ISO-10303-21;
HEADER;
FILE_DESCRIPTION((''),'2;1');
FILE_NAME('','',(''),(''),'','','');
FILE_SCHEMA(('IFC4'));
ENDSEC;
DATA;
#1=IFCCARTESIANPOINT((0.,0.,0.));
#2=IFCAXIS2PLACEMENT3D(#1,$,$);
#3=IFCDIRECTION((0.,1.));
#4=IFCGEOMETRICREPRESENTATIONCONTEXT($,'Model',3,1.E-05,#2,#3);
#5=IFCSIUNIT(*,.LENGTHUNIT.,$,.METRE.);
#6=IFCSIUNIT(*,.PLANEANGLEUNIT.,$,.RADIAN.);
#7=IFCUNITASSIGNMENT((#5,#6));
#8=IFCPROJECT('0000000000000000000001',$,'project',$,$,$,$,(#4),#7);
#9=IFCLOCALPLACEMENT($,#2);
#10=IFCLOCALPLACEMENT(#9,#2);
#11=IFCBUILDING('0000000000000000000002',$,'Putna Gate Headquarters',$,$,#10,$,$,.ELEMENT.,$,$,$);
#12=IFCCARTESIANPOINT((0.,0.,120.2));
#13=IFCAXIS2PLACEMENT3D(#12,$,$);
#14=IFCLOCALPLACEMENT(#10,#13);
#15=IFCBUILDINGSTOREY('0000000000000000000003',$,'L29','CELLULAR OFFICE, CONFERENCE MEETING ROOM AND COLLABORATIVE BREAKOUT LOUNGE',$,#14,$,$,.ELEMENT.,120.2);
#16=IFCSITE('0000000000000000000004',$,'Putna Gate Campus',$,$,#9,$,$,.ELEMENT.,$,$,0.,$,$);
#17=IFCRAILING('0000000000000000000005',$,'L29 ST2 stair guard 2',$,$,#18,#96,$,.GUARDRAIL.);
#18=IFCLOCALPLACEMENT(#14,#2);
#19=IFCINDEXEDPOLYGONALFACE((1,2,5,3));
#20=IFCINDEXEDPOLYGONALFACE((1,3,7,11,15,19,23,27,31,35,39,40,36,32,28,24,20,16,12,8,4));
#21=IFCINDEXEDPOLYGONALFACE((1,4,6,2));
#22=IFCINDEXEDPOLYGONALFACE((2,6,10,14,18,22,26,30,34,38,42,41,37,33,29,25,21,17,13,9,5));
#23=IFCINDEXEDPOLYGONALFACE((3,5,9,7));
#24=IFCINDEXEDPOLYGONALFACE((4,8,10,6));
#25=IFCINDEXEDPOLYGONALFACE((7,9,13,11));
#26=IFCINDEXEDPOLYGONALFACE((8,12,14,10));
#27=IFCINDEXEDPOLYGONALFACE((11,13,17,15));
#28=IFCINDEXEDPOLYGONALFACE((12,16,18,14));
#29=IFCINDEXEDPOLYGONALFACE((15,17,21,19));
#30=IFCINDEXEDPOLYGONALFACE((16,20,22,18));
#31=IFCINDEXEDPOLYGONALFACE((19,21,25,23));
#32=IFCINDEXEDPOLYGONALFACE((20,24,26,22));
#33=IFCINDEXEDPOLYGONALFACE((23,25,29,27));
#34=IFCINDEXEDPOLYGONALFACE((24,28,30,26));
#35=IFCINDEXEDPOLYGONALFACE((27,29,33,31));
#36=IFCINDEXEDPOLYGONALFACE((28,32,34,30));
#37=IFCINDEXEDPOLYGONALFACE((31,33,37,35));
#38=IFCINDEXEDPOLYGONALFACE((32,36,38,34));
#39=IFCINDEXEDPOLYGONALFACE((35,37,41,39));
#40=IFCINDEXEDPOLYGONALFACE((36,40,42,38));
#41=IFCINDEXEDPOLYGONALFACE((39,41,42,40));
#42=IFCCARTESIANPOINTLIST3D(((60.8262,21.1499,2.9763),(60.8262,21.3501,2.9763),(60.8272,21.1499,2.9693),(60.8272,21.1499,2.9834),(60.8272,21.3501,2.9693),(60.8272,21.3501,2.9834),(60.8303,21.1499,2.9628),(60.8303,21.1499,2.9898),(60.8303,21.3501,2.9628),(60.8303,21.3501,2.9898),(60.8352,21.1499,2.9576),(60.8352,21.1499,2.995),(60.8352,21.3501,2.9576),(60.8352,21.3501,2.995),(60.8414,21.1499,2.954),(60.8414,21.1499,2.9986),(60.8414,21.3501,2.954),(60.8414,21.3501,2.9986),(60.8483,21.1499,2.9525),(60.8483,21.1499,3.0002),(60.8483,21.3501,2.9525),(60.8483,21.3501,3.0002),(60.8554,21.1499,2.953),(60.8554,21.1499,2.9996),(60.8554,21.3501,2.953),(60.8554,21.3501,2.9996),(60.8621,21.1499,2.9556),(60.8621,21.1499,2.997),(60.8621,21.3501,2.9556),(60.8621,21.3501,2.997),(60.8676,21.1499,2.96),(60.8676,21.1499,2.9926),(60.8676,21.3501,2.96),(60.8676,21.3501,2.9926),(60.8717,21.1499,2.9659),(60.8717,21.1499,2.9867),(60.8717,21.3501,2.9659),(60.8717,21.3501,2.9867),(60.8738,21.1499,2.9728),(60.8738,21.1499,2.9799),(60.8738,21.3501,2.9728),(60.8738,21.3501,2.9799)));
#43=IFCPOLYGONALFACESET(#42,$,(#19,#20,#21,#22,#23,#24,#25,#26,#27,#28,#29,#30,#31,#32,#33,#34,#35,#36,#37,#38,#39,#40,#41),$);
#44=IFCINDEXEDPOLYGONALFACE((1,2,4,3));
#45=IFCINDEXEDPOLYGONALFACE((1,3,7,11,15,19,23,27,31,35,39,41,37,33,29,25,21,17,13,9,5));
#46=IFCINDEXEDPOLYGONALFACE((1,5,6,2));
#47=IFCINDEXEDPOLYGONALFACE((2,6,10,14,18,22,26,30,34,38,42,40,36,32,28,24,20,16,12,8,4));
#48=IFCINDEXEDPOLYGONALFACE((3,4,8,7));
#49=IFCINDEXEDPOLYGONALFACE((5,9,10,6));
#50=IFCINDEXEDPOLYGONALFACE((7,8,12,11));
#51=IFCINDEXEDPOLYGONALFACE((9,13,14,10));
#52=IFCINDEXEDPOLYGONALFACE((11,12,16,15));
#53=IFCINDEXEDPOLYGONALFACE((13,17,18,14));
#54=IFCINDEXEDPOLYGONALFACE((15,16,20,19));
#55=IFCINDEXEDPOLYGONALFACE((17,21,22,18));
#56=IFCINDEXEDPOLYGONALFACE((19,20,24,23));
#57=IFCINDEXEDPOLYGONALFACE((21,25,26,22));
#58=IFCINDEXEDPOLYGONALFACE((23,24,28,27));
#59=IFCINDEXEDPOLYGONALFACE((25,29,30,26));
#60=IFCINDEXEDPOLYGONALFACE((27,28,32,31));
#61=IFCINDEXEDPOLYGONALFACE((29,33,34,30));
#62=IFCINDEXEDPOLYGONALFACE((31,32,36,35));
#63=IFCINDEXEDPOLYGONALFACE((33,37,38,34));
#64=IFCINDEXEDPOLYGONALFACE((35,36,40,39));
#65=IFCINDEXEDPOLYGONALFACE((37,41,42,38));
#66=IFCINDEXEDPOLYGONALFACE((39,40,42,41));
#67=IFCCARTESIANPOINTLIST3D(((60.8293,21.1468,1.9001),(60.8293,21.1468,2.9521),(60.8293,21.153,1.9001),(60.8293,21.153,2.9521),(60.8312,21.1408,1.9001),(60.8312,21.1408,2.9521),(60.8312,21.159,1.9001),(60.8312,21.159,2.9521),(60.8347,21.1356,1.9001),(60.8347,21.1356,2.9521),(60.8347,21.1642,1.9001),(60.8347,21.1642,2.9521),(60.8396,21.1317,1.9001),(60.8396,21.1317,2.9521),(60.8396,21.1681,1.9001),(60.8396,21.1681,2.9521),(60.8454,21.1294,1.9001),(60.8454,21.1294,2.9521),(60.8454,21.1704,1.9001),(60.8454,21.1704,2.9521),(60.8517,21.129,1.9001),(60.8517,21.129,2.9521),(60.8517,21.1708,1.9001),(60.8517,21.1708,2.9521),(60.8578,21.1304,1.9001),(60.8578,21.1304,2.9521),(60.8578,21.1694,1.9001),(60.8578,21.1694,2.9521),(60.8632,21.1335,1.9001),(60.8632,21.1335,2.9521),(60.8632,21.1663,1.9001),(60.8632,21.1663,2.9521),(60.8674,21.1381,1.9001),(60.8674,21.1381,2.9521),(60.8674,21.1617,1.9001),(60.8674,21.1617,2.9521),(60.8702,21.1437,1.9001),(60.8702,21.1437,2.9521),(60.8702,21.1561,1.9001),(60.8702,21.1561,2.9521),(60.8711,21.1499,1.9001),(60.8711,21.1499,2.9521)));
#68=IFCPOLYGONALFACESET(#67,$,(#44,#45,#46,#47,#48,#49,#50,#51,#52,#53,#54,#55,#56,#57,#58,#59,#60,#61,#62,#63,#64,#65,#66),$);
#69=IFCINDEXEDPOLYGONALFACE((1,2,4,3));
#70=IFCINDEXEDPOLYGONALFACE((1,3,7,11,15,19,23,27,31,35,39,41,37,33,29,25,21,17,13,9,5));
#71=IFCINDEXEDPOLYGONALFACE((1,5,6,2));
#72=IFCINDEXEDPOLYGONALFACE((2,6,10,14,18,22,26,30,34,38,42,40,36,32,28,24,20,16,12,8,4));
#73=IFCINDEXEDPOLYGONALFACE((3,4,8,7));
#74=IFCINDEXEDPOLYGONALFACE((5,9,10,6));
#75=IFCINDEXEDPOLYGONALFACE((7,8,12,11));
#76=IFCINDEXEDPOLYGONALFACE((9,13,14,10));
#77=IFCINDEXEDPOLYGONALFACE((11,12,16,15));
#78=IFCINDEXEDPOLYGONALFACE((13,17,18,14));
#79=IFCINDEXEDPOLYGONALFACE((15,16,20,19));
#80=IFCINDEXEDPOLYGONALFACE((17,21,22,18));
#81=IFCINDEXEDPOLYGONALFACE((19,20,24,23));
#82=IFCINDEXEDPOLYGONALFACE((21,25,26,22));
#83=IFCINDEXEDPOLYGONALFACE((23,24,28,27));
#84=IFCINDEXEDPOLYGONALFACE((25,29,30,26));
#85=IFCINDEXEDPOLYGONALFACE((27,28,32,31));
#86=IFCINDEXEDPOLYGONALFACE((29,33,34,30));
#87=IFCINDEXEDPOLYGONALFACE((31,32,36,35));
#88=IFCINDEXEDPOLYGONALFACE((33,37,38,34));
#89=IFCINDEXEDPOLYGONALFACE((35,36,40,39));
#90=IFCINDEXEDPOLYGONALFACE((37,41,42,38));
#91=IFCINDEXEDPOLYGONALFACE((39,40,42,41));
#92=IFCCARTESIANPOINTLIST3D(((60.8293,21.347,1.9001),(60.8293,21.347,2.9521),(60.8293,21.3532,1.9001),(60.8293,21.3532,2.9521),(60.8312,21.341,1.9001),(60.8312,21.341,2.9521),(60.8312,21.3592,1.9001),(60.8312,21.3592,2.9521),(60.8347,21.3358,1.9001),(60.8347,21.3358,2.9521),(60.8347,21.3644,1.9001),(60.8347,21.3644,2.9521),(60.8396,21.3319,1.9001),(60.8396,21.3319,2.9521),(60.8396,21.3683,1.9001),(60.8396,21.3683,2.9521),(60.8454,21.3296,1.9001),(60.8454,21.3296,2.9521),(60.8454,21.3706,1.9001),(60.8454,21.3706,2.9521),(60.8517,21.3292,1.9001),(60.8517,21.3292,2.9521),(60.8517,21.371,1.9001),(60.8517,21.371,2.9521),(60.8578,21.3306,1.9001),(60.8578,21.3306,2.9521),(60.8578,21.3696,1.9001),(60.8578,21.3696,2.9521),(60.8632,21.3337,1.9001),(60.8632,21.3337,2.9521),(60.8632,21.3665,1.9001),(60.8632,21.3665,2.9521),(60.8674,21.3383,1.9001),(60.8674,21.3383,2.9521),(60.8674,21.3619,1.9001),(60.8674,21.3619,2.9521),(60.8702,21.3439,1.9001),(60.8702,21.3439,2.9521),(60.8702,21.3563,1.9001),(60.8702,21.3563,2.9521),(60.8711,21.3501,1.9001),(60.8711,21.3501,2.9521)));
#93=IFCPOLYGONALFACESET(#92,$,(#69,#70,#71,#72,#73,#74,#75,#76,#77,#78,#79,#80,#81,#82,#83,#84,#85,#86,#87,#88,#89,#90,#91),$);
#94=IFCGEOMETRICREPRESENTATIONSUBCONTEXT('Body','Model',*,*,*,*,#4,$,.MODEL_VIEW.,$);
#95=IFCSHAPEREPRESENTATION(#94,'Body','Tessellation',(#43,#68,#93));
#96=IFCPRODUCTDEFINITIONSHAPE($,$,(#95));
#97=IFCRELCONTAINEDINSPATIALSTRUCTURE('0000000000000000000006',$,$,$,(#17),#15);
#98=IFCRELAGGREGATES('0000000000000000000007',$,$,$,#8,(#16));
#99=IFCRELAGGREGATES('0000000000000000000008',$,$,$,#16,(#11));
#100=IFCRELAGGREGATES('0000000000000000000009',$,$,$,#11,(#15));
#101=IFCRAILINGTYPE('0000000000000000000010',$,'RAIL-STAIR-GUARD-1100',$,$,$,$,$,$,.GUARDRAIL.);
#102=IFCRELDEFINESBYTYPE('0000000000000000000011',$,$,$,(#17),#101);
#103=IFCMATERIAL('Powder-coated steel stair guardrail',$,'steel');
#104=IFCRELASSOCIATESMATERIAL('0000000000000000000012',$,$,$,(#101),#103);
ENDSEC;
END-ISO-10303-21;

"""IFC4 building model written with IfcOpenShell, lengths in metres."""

from ifc_helpers import new_model, si_unit, direction, frame, origin, origin_2d, place, context, subcontext, project, spatial, circle, extrude, material, type_object, element, save


model = new_model("IFC4")

# Units and contexts
model_context = context("Model", 3, precision=1e-05, world=origin(), true_north=direction((0.0, 1.0)))
body_context = subcontext(model_context, "Body", "Model", "MODEL_VIEW")
ifc_project = project(units=[si_unit("LENGTHUNIT", "METRE"), si_unit("PLANEANGLEUNIT", "RADIAN")], contexts=[model_context])

# Site, building, storey
site_placement = place(None, origin())
site = spatial("IfcSite", under=ifc_project, at=site_placement, Name="Putna Gate Campus", CompositionType="ELEMENT", RefElevation=0.0)
building_placement = place(site_placement, origin())
building = spatial("IfcBuilding", under=site, at=building_placement, Name="Putna Gate Headquarters", CompositionType="ELEMENT")
storey_placement = place(building_placement, frame((0.0, 0.0, 120.2)))
storey = spatial("IfcBuildingStorey", under=building, at=storey_placement, Name="L29", Description="CELLULAR OFFICE, CONFERENCE MEETING ROOM AND COLLABORATIVE BREAKOUT LOUNGE", CompositionType="ELEMENT", Elevation=120.2)

# Railing
ifc_material_1 = material(Name="Powder-coated steel stair guardrail", Category="steel")
railing_type_1 = type_object("IfcRailingType", Name="RAIL-STAIR-GUARD-1100", PredefinedType="GUARDRAIL", material=ifc_material_1)
railing_1_placement = place(storey_placement, frame((60.8501, 21.1499, 1.9001)))
element("IfcRailing", 1, at=railing_1_placement, inside=storey, type_object=railing_type_1, Name="L29 ST2 stair guard 2", PredefinedType="GUARDRAIL", context=body_context, shape_type="SweptSolid", body=[
    extrude(circle(Radius=0.0239, at=origin_2d()), frame((0.0, 0.0, 1.0762), z_axis=(0.0, 1.0, 0.0), x_axis=(-1.0, 0.0, 0.0)), (0.0, 0.0, 1.0), 0.2002),
    extrude(circle(Radius=0.021, at=origin_2d()), origin(), (0.0, 0.0, 1.0), 1.052),
    extrude(circle(Radius=0.021, at=origin_2d()), frame((0.0, 0.2002, 0.0)), (0.0, 0.0, 1.0), 1.052),
])

save(model, "model.ifc")
